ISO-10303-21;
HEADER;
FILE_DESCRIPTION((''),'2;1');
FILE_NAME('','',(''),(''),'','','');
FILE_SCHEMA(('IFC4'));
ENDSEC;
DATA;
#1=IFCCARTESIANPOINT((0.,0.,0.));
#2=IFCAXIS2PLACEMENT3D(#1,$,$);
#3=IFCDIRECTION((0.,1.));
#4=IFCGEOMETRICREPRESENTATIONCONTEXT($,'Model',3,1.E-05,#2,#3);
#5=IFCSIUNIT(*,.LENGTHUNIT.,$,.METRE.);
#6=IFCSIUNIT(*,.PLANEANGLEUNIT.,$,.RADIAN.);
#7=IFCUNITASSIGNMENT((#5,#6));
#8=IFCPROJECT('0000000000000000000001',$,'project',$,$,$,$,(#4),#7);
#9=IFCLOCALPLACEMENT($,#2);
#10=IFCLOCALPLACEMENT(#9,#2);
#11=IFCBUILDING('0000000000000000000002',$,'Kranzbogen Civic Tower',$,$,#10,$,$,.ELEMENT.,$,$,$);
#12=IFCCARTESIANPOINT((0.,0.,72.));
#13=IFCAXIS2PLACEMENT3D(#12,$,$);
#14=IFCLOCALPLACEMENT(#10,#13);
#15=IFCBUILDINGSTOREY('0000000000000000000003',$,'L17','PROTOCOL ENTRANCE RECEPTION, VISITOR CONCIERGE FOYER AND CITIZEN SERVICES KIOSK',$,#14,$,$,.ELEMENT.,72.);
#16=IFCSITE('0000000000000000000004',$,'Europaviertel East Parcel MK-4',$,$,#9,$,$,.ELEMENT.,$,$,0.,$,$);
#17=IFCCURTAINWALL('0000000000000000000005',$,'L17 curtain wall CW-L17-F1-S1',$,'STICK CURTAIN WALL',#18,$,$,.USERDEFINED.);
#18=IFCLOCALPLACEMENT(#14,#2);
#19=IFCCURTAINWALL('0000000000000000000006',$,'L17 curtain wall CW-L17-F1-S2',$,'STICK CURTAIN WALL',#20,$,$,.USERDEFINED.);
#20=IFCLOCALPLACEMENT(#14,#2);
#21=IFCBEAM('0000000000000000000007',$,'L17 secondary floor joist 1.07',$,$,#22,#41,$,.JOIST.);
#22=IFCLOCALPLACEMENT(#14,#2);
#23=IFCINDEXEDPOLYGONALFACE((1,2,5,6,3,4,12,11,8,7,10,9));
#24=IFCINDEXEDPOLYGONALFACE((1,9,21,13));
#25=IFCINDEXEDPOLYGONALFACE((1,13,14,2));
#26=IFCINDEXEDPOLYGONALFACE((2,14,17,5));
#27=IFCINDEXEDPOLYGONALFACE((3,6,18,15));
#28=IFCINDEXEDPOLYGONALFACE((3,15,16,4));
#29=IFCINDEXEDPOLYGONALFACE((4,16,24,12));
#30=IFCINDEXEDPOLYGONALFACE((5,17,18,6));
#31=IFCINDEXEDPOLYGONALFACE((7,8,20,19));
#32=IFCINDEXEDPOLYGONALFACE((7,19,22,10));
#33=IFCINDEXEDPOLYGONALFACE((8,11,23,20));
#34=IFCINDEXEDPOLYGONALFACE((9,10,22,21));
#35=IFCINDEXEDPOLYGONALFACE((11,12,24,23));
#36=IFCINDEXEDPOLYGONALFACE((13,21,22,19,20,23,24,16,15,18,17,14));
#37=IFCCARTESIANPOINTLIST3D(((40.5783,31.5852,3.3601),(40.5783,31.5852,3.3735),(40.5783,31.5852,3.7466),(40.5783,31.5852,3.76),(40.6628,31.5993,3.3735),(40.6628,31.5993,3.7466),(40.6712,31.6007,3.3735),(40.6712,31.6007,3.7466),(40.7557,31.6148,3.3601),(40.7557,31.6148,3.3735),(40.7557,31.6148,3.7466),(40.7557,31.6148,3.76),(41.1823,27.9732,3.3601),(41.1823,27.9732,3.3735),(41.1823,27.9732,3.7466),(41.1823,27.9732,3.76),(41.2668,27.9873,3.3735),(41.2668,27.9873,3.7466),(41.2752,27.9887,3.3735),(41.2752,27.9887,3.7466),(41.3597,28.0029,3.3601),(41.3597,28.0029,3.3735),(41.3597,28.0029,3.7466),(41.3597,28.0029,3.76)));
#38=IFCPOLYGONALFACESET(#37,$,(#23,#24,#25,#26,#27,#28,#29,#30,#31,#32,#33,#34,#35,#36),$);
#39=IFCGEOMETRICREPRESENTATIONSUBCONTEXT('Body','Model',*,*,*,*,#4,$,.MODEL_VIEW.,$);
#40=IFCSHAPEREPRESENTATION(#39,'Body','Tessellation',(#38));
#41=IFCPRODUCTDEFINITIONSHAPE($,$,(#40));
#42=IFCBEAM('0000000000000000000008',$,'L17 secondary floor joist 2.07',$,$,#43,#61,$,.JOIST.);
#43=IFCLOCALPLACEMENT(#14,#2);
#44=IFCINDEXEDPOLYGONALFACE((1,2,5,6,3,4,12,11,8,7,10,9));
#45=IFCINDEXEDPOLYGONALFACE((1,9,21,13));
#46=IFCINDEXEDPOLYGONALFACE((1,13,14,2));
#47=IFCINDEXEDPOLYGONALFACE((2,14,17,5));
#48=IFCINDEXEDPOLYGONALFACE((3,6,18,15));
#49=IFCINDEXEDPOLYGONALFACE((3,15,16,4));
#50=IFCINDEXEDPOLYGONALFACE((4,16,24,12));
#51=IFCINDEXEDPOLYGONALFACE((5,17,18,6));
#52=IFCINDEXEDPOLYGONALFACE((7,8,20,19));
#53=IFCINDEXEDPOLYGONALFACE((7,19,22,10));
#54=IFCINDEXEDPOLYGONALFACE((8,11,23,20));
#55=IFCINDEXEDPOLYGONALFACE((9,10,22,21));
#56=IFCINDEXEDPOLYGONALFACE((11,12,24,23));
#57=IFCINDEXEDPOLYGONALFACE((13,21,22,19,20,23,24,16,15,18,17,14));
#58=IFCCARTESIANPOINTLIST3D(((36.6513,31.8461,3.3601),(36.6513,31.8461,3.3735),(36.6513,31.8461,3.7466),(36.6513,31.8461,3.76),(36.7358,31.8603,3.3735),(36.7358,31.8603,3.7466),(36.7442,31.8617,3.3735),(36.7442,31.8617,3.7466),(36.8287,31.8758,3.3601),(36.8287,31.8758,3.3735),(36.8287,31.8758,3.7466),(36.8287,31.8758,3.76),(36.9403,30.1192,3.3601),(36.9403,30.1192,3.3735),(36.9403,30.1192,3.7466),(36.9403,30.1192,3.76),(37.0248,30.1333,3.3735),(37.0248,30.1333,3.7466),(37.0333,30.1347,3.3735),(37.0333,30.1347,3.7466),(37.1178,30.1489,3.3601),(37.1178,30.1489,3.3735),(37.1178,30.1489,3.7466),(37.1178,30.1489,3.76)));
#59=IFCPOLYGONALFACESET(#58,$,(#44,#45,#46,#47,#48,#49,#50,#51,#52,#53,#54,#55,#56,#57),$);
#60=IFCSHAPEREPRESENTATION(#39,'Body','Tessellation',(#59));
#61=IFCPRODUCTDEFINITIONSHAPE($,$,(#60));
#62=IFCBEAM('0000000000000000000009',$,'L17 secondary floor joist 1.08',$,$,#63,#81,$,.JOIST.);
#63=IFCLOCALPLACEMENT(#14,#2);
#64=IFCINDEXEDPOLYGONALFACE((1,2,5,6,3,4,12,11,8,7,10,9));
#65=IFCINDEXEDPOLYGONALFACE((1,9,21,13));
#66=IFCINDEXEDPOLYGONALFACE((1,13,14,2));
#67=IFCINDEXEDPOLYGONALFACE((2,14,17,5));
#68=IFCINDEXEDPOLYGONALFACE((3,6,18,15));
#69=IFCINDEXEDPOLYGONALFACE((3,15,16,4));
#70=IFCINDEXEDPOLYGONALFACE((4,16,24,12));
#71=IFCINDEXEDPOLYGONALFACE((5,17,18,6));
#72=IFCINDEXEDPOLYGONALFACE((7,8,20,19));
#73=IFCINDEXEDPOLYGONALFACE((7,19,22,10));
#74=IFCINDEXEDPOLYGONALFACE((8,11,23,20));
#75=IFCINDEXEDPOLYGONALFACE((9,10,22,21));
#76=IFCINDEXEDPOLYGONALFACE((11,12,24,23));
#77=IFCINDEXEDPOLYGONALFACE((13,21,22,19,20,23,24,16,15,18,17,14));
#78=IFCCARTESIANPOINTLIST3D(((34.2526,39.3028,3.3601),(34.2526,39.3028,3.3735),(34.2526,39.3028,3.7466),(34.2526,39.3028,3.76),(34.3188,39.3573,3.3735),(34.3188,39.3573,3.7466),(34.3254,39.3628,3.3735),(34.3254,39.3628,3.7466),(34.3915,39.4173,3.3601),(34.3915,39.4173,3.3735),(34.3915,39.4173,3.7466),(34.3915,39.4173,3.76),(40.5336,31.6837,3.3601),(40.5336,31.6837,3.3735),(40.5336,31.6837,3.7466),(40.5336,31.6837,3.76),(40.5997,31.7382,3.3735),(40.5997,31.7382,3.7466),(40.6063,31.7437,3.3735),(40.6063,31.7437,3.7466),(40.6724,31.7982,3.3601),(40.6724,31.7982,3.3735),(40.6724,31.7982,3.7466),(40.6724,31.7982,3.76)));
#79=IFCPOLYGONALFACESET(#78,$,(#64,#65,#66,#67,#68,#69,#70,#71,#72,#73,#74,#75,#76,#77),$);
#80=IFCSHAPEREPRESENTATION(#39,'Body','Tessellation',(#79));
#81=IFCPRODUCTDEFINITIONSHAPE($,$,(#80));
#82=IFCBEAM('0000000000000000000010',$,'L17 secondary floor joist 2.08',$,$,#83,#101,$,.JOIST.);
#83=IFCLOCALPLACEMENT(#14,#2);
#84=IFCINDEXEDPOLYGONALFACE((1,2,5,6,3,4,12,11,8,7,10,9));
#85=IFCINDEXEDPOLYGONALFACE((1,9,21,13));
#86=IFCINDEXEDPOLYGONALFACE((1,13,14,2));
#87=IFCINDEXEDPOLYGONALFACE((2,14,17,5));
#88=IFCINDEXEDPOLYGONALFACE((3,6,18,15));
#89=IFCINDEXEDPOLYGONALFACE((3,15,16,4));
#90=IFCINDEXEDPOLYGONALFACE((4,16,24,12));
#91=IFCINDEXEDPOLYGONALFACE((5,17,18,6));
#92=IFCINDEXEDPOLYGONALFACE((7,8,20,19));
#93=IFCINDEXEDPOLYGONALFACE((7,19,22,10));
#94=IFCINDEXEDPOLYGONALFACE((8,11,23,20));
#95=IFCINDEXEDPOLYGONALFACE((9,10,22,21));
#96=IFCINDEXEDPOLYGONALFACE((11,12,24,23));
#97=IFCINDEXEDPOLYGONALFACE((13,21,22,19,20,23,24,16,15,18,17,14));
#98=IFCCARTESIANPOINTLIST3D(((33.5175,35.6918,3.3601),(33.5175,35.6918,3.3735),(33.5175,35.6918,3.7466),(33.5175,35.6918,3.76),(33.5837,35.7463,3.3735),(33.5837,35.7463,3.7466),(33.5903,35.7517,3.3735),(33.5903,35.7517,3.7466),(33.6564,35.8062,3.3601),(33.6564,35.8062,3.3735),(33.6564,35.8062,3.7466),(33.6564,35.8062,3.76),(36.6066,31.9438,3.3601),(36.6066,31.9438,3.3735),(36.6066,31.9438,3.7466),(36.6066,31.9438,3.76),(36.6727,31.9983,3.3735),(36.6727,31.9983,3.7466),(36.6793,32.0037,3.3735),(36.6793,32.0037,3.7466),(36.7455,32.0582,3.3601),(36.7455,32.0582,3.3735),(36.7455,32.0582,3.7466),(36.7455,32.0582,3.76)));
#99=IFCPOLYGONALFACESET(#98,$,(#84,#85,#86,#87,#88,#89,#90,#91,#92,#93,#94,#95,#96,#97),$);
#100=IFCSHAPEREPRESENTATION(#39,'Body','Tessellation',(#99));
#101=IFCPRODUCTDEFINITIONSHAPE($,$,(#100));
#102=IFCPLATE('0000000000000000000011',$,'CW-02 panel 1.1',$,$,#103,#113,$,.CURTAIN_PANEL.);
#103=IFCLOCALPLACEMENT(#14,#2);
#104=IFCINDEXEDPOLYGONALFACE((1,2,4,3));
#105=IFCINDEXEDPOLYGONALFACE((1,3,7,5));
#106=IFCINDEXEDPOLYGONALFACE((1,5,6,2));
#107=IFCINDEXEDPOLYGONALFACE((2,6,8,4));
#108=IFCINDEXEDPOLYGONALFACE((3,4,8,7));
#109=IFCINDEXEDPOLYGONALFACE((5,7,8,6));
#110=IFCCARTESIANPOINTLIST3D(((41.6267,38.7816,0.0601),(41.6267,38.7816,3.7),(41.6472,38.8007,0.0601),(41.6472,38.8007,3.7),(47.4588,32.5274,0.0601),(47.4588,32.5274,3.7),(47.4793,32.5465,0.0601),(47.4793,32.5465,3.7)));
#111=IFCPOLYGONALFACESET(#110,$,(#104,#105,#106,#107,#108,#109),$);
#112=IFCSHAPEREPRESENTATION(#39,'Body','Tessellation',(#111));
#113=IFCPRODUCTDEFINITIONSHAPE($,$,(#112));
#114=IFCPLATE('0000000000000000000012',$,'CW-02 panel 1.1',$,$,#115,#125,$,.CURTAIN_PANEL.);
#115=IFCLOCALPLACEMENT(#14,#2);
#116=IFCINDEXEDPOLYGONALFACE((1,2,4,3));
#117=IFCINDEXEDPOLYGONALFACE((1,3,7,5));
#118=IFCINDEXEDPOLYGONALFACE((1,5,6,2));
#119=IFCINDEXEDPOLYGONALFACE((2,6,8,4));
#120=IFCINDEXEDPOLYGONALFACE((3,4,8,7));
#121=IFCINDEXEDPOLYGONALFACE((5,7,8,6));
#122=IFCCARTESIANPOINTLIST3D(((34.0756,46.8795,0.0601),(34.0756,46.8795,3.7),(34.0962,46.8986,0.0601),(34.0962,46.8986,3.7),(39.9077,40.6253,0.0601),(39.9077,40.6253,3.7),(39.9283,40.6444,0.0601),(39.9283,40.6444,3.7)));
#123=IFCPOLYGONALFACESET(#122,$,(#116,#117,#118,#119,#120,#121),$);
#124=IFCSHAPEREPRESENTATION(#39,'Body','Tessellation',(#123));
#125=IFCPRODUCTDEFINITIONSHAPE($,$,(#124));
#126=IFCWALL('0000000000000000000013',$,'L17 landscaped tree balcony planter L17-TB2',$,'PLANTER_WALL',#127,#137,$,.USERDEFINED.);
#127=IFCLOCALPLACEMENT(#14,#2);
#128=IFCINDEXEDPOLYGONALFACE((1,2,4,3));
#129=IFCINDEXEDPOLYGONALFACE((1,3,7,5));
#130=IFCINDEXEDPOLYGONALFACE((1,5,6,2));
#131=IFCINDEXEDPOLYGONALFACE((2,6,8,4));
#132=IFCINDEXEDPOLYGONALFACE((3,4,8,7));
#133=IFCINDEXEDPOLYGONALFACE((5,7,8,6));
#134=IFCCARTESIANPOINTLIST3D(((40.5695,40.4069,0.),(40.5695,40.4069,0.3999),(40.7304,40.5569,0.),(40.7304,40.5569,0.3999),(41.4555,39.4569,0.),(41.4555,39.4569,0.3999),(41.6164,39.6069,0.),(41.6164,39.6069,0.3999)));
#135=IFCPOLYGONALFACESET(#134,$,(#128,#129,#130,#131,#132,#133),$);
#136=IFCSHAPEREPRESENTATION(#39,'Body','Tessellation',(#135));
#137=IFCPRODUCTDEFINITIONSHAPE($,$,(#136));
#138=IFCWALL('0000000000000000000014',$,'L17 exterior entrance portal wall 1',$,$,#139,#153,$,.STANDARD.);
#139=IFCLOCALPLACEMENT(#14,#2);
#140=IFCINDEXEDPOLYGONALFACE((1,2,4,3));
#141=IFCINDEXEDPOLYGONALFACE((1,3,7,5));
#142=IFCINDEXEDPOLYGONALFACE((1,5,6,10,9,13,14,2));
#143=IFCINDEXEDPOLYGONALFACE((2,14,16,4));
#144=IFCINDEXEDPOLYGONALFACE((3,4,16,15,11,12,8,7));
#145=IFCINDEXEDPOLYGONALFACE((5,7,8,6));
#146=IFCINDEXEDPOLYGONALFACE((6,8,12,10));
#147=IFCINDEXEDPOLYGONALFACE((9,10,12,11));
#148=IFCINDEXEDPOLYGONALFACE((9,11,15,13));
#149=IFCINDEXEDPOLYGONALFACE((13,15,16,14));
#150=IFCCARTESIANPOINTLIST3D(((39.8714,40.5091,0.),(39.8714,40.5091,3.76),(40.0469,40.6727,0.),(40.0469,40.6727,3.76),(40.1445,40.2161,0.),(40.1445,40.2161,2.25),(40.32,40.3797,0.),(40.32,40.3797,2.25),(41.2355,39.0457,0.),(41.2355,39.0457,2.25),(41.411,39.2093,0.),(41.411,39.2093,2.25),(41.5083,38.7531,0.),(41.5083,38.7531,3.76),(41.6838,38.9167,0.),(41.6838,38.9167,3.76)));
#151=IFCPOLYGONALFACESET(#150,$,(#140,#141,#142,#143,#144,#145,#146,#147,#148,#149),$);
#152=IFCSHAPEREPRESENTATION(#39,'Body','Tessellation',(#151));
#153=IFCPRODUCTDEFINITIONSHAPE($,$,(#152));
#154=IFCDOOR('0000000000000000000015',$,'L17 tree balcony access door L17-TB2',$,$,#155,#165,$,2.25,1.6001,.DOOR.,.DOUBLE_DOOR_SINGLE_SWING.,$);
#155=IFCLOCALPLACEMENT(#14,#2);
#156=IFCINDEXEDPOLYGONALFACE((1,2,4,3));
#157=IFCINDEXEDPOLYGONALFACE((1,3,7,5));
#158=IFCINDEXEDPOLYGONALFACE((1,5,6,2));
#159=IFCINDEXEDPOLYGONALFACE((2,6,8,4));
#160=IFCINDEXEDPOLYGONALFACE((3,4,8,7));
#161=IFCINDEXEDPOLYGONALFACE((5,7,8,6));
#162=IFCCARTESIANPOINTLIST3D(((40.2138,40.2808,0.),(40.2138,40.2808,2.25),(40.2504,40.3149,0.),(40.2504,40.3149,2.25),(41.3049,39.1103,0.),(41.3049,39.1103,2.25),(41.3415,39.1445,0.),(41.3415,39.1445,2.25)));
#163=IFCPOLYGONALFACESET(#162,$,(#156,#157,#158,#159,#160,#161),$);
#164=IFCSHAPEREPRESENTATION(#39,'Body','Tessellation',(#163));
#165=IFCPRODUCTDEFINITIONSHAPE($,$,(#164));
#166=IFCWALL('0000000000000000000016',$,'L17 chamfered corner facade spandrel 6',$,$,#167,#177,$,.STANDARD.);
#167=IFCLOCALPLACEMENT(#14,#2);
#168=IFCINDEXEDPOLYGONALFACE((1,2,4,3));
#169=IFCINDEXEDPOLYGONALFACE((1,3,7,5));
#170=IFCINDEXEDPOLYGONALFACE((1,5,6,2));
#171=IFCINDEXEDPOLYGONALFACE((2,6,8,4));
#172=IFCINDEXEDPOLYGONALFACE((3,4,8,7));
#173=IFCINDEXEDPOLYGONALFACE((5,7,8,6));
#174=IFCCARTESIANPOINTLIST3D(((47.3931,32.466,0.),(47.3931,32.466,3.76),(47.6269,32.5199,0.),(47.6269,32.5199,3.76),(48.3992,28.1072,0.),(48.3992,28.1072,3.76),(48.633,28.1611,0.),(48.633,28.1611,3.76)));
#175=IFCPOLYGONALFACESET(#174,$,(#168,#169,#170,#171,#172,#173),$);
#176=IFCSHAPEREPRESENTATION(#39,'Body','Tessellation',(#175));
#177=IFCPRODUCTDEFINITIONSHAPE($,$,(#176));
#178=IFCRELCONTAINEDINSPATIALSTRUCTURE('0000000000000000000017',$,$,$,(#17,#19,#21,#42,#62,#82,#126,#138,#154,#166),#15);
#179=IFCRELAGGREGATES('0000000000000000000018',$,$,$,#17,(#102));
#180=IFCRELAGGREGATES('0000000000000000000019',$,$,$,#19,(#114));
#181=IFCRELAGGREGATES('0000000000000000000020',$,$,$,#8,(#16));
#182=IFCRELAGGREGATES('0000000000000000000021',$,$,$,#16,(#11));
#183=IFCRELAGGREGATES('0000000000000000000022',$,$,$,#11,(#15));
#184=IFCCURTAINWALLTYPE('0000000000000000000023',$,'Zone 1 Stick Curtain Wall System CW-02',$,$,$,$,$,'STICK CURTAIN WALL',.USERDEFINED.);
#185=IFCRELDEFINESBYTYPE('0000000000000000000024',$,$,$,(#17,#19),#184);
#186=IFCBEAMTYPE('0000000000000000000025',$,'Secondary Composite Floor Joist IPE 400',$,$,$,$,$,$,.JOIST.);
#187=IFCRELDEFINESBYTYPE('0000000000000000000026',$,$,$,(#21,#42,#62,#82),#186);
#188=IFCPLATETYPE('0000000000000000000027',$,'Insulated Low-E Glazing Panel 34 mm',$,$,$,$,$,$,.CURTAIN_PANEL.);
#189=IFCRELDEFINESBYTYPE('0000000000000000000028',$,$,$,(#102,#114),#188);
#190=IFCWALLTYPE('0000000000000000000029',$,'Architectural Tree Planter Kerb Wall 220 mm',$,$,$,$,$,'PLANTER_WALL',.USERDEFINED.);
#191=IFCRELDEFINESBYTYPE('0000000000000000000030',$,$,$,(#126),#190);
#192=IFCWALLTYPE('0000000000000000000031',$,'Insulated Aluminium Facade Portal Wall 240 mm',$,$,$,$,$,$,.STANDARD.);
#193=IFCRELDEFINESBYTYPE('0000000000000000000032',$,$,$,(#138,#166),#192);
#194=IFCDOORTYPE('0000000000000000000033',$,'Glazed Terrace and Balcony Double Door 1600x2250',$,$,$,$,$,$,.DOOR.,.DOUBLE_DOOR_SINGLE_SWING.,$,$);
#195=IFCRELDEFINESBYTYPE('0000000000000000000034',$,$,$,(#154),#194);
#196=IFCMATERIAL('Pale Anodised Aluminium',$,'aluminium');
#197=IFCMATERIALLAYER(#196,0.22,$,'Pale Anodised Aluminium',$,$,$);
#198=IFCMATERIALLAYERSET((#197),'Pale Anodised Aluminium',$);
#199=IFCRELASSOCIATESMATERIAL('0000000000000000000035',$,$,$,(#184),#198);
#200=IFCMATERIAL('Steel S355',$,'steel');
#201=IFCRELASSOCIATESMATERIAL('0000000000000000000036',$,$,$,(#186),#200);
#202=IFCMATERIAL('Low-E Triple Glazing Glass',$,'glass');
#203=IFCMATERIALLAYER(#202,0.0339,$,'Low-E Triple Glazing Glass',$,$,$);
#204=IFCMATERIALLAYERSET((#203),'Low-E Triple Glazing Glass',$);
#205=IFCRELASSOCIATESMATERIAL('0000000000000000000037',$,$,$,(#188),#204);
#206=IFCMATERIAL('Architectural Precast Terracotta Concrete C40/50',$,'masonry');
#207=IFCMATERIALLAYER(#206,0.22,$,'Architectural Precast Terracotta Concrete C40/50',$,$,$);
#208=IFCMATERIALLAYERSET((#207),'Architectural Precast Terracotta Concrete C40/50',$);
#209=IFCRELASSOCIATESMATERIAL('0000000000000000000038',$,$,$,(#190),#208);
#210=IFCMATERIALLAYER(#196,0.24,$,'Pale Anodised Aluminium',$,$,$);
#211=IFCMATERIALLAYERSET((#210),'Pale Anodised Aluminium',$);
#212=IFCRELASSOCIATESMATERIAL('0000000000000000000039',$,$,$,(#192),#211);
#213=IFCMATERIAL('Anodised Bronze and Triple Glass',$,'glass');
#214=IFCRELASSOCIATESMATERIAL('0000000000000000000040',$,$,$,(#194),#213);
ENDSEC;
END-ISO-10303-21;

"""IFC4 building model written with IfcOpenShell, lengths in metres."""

from ifc_helpers import new_model, si_unit, direction, frame, frame_2d, origin, origin_2d, place, context, subcontext, project, spatial, rectangle, i_section, extrude, material, layer, layer_set, material_profile, profile_set, type_object, element, fill, aggregate, save


model = new_model("IFC4")

# Units and contexts
model_context = context("Model", 3, precision=1e-05, world=origin(), true_north=direction((0.0, 1.0)))
body_context = subcontext(model_context, "Body", "Model", "MODEL_VIEW")
ifc_project = project(units=[si_unit("LENGTHUNIT", "METRE"), si_unit("PLANEANGLEUNIT", "RADIAN")], contexts=[model_context])

# Site, building, storey
site_placement = place(None, origin())
site = spatial("IfcSite", under=ifc_project, at=site_placement, Name="Europaviertel East Parcel MK-4", CompositionType="ELEMENT", RefElevation=0.0)
building_placement = place(site_placement, origin())
building = spatial("IfcBuilding", under=site, at=building_placement, Name="Kranzbogen Civic Tower", CompositionType="ELEMENT")
storey_placement = place(building_placement, frame((0.0, 0.0, 72.0)))
storey = spatial("IfcBuildingStorey", under=building, at=storey_placement, Name="L17", Description="PROTOCOL ENTRANCE RECEPTION, VISITOR CONCIERGE FOYER AND CITIZEN SERVICES KIOSK", CompositionType="ELEMENT", Elevation=72.0)

# Shared definitions
ifc_material_1 = material(Name="Steel S355", Category="steel")

# Curtain wall
ifc_material_2 = material(Name="Pale Anodised Aluminium", Category="aluminium")
ifc_layer_1 = layer(ifc_material_2, 0.22, Name="Pale Anodised Aluminium")
ifc_layer_set_1 = layer_set([ifc_layer_1], Name="Pale Anodised Aluminium")
curtain_wall_type = type_object("IfcCurtainWallType", Name="Zone 1 Stick Curtain Wall System CW-02", ElementType="STICK CURTAIN WALL", PredefinedType="USERDEFINED", material=ifc_layer_set_1)
curtain_wall_1_placement = place(storey_placement, origin())
curtain_wall_1 = element("IfcCurtainWall", 1, at=curtain_wall_1_placement, inside=storey, type_object=curtain_wall_type, Name="L17 curtain wall CW-L17-F1-S1", ObjectType="STICK CURTAIN WALL", PredefinedType="USERDEFINED")

# Curtain wall
curtain_wall_2_placement = place(storey_placement, origin())
curtain_wall_2 = element("IfcCurtainWall", 2, at=curtain_wall_2_placement, inside=storey, type_object=curtain_wall_type, Name="L17 curtain wall CW-L17-F1-S2", ObjectType="STICK CURTAIN WALL", PredefinedType="USERDEFINED")

# Beams
ifc_material_profile_1 = material_profile(ifc_material_1, i_section(OverallWidth=0.1799, OverallDepth=0.3999, WebThickness=0.0085, FlangeThickness=0.0134, at=origin_2d()), Name="IPE 400")
ifc_profile_set_1 = profile_set([ifc_material_profile_1], Name="Steel S355")
beam_type_1 = type_object("IfcBeamType", Name="Secondary Composite Floor Joist IPE 400", PredefinedType="JOIST", material=ifc_profile_set_1)
beam_1_placement = place(storey_placement, frame((41.271, 27.988, 3.5601), z_axis=(-0.164929, 0.986305, 0.0), x_axis=(-0.986305, -0.164929, 0.0)))
element("IfcBeam", 3, at=beam_1_placement, inside=storey, type_object=beam_type_1, Name="L17 secondary floor joist 1.07", PredefinedType="JOIST", context=body_context, shape_type="SweptSolid", body=[
    extrude(i_section(OverallWidth=0.1799, OverallDepth=0.3999, WebThickness=0.0085, FlangeThickness=0.0134, at=origin_2d()), origin(), (0.0, 0.0, 1.0), 3.6621),
])
beam_2_placement = place(storey_placement, frame((37.0291, 30.134, 3.5601), z_axis=(-0.165077, 0.986281, 0.0), x_axis=(-0.986281, -0.165077, 0.0)))
element("IfcBeam", 4, at=beam_2_placement, inside=storey, type_object=beam_type_1, Name="L17 secondary floor joist 2.07", PredefinedType="JOIST", context=body_context, shape_type="SweptSolid", body=[
    extrude(i_section(OverallWidth=0.1799, OverallDepth=0.3999, WebThickness=0.0085, FlangeThickness=0.0134, at=origin_2d()), origin(), (0.0, 0.0, 1.0), 1.751),
])
beam_3_placement = place(storey_placement, frame((40.603, 31.741, 3.5601), z_axis=(-0.636095, 0.771611, 0.0), x_axis=(-0.771611, -0.636095, 0.0)))
element("IfcBeam", 5, at=beam_3_placement, inside=storey, type_object=beam_type_1, Name="L17 secondary floor joist 1.08", PredefinedType="JOIST", context=body_context, shape_type="SweptSolid", body=[
    extrude(i_section(OverallWidth=0.1799, OverallDepth=0.3999, WebThickness=0.0085, FlangeThickness=0.0134, at=origin_2d()), origin(), (0.0, 0.0, 1.0), 9.8743),
])
beam_4_placement = place(storey_placement, frame((36.676, 32.001, 3.5601), z_axis=(-0.636012, 0.771679, 0.0), x_axis=(-0.771679, -0.636012, 0.0)))
element("IfcBeam", 6, at=beam_4_placement, inside=storey, type_object=beam_type_1, Name="L17 secondary floor joist 2.08", PredefinedType="JOIST", context=body_context, shape_type="SweptSolid", body=[
    extrude(i_section(OverallWidth=0.1799, OverallDepth=0.3999, WebThickness=0.0085, FlangeThickness=0.0134, at=origin_2d()), origin(), (0.0, 0.0, 1.0), 4.8569),
])

# Plates
ifc_material_3 = material(Name="Low-E Triple Glazing Glass", Category="glass")
ifc_layer_2 = layer(ifc_material_3, 0.0339, Name="Low-E Triple Glazing Glass")
ifc_layer_set_2 = layer_set([ifc_layer_2], Name="Low-E Triple Glazing Glass")
plate_type = type_object("IfcPlateType", Name="Insulated Low-E Glazing Panel 34 mm", PredefinedType="CURTAIN_PANEL", material=ifc_layer_set_2)
plate_1_placement = place(storey_placement, frame((44.553, 35.6641, 0.0601), z_axis=(0.0, 0.0, 1.0), x_axis=(-0.681998, 0.731354, 0.0)))
plate_1 = element("IfcPlate", 7, at=plate_1_placement, type_object=plate_type, Name="CW-02 panel 1.1", PredefinedType="CURTAIN_PANEL", context=body_context, shape_type="SweptSolid", body=[
    extrude(rectangle(XDim=8.5515, YDim=0.0281, at=origin_2d()), origin(), (0.0, 0.0, 1.0), 3.6399),
])
aggregate(curtain_wall_1, [plate_1])
plate_2_placement = place(storey_placement, frame((37.002, 43.762, 0.0601), z_axis=(0.0, 0.0, 1.0), x_axis=(-0.681998, 0.731354, 0.0)))
plate_2 = element("IfcPlate", 8, at=plate_2_placement, type_object=plate_type, Name="CW-02 panel 1.1", PredefinedType="CURTAIN_PANEL", context=body_context, shape_type="SweptSolid", body=[
    extrude(rectangle(XDim=8.5515, YDim=0.0281, at=origin_2d()), origin(), (0.0, 0.0, 1.0), 3.6399),
])
aggregate(curtain_wall_2, [plate_2])

# Wall
ifc_material_4 = material(Name="Architectural Precast Terracotta Concrete C40/50", Category="masonry")
ifc_layer_3 = layer(ifc_material_4, 0.22, Name="Architectural Precast Terracotta Concrete C40/50")
ifc_layer_set_3 = layer_set([ifc_layer_3], Name="Architectural Precast Terracotta Concrete C40/50")
wall_type_1 = type_object("IfcWallType", Name="Architectural Tree Planter Kerb Wall 220 mm", ElementType="PLANTER_WALL", PredefinedType="USERDEFINED", material=ifc_layer_set_3)
wall_1_placement = place(storey_placement, frame((41.5359, 39.532, 0.0), z_axis=(0.0, 0.0, 1.0), x_axis=(-0.682057, 0.731299, 0.0)))
element("IfcWall", 9, at=wall_1_placement, inside=storey, type_object=wall_type_1, Name="L17 landscaped tree balcony planter L17-TB2", ObjectType="PLANTER_WALL", PredefinedType="USERDEFINED", context=body_context, shape_type="SweptSolid", body=[
    extrude(rectangle(XDim=1.2991, YDim=0.22, at=frame_2d((0.6494, 0.0))), origin(), (0.0, 0.0, 1.0), 0.3999),
])

# Wall, opening, door
ifc_layer_4 = layer(ifc_material_2, 0.24, Name="Pale Anodised Aluminium")
ifc_layer_set_4 = layer_set([ifc_layer_4], Name="Pale Anodised Aluminium")
wall_type_2 = type_object("IfcWallType", Name="Insulated Aluminium Facade Portal Wall 240 mm", PredefinedType="STANDARD", material=ifc_layer_set_4)
wall_2_placement = place(storey_placement, frame((41.5959, 38.835, 0.0), z_axis=(0.0, 0.0, 1.0), x_axis=(-0.681858, 0.731485, 0.0)))
wall_2 = element("IfcWall", 10, at=wall_2_placement, inside=storey, type_object=wall_type_2, Name="L17 exterior entrance portal wall 1", PredefinedType="STANDARD", context=body_context, shape_type="SweptSolid", body=[
    extrude(rectangle(XDim=2.4006, YDim=0.24, at=frame_2d((1.2002, 0.0))), origin(), (0.0, 0.0, 1.0), 3.76),
])
opening_placement = place(wall_2_placement, frame((0.3999, 0.0, 0.0)))
opening = element("IfcOpeningElement", 11, at=opening_placement, cuts=wall_2, PredefinedType="OPENING", context=body_context, shape_type="SweptSolid", body=[
    extrude(rectangle(XDim=1.6001, YDim=2.25, at=frame_2d((0.8, 1.125))), frame((0.0, 0.1299, 0.0), z_axis=(0.0, -1.0, 0.0), x_axis=(1.0, 0.0, 0.0)), (0.0, 0.0, 1.0), 0.26),
])
ifc_material_5 = material(Name="Anodised Bronze and Triple Glass", Category="glass")
door_type = type_object("IfcDoorType", Name="Glazed Terrace and Balcony Double Door 1600x2250", OperationType="DOUBLE_DOOR_SINGLE_SWING", PredefinedType="DOOR", material=ifc_material_5)
door_placement = place(opening_placement, frame((1.6001, 0.0, 0.0), z_axis=(0.0, 0.0, 1.0), x_axis=(-1.0, 0.0, 0.0)))
door = element("IfcDoor", 12, at=door_placement, inside=storey, type_object=door_type, Name="L17 tree balcony access door L17-TB2", OperationType="DOUBLE_DOOR_SINGLE_SWING", OverallHeight=2.25, OverallWidth=1.6001, PredefinedType="DOOR", context=body_context, shape_type="SweptSolid", body=[
    extrude(rectangle(XDim=1.6001, YDim=2.25, at=frame_2d((0.8, 1.125))), frame((0.0, 0.0249, 0.0), z_axis=(0.0, -1.0, 0.0), x_axis=(1.0, 0.0, 0.0)), (0.0, 0.0, 1.0), 0.05),
])
fill(opening, door)

# Wall
wall_3_placement = place(storey_placement, frame((48.5161, 28.134, 0.0), z_axis=(0.0, 0.0, 1.0), x_axis=(-0.224903, 0.974381, 0.0)))
element("IfcWall", 13, at=wall_3_placement, inside=storey, type_object=wall_type_2, Name="L17 chamfered corner facade spandrel 6", PredefinedType="STANDARD", context=body_context, shape_type="SweptSolid", body=[
    extrude(rectangle(XDim=4.4734, YDim=0.24, at=frame_2d((2.2368, 0.0))), origin(), (0.0, 0.0, 1.0), 3.76),
])

save(model, "model.ifc")
